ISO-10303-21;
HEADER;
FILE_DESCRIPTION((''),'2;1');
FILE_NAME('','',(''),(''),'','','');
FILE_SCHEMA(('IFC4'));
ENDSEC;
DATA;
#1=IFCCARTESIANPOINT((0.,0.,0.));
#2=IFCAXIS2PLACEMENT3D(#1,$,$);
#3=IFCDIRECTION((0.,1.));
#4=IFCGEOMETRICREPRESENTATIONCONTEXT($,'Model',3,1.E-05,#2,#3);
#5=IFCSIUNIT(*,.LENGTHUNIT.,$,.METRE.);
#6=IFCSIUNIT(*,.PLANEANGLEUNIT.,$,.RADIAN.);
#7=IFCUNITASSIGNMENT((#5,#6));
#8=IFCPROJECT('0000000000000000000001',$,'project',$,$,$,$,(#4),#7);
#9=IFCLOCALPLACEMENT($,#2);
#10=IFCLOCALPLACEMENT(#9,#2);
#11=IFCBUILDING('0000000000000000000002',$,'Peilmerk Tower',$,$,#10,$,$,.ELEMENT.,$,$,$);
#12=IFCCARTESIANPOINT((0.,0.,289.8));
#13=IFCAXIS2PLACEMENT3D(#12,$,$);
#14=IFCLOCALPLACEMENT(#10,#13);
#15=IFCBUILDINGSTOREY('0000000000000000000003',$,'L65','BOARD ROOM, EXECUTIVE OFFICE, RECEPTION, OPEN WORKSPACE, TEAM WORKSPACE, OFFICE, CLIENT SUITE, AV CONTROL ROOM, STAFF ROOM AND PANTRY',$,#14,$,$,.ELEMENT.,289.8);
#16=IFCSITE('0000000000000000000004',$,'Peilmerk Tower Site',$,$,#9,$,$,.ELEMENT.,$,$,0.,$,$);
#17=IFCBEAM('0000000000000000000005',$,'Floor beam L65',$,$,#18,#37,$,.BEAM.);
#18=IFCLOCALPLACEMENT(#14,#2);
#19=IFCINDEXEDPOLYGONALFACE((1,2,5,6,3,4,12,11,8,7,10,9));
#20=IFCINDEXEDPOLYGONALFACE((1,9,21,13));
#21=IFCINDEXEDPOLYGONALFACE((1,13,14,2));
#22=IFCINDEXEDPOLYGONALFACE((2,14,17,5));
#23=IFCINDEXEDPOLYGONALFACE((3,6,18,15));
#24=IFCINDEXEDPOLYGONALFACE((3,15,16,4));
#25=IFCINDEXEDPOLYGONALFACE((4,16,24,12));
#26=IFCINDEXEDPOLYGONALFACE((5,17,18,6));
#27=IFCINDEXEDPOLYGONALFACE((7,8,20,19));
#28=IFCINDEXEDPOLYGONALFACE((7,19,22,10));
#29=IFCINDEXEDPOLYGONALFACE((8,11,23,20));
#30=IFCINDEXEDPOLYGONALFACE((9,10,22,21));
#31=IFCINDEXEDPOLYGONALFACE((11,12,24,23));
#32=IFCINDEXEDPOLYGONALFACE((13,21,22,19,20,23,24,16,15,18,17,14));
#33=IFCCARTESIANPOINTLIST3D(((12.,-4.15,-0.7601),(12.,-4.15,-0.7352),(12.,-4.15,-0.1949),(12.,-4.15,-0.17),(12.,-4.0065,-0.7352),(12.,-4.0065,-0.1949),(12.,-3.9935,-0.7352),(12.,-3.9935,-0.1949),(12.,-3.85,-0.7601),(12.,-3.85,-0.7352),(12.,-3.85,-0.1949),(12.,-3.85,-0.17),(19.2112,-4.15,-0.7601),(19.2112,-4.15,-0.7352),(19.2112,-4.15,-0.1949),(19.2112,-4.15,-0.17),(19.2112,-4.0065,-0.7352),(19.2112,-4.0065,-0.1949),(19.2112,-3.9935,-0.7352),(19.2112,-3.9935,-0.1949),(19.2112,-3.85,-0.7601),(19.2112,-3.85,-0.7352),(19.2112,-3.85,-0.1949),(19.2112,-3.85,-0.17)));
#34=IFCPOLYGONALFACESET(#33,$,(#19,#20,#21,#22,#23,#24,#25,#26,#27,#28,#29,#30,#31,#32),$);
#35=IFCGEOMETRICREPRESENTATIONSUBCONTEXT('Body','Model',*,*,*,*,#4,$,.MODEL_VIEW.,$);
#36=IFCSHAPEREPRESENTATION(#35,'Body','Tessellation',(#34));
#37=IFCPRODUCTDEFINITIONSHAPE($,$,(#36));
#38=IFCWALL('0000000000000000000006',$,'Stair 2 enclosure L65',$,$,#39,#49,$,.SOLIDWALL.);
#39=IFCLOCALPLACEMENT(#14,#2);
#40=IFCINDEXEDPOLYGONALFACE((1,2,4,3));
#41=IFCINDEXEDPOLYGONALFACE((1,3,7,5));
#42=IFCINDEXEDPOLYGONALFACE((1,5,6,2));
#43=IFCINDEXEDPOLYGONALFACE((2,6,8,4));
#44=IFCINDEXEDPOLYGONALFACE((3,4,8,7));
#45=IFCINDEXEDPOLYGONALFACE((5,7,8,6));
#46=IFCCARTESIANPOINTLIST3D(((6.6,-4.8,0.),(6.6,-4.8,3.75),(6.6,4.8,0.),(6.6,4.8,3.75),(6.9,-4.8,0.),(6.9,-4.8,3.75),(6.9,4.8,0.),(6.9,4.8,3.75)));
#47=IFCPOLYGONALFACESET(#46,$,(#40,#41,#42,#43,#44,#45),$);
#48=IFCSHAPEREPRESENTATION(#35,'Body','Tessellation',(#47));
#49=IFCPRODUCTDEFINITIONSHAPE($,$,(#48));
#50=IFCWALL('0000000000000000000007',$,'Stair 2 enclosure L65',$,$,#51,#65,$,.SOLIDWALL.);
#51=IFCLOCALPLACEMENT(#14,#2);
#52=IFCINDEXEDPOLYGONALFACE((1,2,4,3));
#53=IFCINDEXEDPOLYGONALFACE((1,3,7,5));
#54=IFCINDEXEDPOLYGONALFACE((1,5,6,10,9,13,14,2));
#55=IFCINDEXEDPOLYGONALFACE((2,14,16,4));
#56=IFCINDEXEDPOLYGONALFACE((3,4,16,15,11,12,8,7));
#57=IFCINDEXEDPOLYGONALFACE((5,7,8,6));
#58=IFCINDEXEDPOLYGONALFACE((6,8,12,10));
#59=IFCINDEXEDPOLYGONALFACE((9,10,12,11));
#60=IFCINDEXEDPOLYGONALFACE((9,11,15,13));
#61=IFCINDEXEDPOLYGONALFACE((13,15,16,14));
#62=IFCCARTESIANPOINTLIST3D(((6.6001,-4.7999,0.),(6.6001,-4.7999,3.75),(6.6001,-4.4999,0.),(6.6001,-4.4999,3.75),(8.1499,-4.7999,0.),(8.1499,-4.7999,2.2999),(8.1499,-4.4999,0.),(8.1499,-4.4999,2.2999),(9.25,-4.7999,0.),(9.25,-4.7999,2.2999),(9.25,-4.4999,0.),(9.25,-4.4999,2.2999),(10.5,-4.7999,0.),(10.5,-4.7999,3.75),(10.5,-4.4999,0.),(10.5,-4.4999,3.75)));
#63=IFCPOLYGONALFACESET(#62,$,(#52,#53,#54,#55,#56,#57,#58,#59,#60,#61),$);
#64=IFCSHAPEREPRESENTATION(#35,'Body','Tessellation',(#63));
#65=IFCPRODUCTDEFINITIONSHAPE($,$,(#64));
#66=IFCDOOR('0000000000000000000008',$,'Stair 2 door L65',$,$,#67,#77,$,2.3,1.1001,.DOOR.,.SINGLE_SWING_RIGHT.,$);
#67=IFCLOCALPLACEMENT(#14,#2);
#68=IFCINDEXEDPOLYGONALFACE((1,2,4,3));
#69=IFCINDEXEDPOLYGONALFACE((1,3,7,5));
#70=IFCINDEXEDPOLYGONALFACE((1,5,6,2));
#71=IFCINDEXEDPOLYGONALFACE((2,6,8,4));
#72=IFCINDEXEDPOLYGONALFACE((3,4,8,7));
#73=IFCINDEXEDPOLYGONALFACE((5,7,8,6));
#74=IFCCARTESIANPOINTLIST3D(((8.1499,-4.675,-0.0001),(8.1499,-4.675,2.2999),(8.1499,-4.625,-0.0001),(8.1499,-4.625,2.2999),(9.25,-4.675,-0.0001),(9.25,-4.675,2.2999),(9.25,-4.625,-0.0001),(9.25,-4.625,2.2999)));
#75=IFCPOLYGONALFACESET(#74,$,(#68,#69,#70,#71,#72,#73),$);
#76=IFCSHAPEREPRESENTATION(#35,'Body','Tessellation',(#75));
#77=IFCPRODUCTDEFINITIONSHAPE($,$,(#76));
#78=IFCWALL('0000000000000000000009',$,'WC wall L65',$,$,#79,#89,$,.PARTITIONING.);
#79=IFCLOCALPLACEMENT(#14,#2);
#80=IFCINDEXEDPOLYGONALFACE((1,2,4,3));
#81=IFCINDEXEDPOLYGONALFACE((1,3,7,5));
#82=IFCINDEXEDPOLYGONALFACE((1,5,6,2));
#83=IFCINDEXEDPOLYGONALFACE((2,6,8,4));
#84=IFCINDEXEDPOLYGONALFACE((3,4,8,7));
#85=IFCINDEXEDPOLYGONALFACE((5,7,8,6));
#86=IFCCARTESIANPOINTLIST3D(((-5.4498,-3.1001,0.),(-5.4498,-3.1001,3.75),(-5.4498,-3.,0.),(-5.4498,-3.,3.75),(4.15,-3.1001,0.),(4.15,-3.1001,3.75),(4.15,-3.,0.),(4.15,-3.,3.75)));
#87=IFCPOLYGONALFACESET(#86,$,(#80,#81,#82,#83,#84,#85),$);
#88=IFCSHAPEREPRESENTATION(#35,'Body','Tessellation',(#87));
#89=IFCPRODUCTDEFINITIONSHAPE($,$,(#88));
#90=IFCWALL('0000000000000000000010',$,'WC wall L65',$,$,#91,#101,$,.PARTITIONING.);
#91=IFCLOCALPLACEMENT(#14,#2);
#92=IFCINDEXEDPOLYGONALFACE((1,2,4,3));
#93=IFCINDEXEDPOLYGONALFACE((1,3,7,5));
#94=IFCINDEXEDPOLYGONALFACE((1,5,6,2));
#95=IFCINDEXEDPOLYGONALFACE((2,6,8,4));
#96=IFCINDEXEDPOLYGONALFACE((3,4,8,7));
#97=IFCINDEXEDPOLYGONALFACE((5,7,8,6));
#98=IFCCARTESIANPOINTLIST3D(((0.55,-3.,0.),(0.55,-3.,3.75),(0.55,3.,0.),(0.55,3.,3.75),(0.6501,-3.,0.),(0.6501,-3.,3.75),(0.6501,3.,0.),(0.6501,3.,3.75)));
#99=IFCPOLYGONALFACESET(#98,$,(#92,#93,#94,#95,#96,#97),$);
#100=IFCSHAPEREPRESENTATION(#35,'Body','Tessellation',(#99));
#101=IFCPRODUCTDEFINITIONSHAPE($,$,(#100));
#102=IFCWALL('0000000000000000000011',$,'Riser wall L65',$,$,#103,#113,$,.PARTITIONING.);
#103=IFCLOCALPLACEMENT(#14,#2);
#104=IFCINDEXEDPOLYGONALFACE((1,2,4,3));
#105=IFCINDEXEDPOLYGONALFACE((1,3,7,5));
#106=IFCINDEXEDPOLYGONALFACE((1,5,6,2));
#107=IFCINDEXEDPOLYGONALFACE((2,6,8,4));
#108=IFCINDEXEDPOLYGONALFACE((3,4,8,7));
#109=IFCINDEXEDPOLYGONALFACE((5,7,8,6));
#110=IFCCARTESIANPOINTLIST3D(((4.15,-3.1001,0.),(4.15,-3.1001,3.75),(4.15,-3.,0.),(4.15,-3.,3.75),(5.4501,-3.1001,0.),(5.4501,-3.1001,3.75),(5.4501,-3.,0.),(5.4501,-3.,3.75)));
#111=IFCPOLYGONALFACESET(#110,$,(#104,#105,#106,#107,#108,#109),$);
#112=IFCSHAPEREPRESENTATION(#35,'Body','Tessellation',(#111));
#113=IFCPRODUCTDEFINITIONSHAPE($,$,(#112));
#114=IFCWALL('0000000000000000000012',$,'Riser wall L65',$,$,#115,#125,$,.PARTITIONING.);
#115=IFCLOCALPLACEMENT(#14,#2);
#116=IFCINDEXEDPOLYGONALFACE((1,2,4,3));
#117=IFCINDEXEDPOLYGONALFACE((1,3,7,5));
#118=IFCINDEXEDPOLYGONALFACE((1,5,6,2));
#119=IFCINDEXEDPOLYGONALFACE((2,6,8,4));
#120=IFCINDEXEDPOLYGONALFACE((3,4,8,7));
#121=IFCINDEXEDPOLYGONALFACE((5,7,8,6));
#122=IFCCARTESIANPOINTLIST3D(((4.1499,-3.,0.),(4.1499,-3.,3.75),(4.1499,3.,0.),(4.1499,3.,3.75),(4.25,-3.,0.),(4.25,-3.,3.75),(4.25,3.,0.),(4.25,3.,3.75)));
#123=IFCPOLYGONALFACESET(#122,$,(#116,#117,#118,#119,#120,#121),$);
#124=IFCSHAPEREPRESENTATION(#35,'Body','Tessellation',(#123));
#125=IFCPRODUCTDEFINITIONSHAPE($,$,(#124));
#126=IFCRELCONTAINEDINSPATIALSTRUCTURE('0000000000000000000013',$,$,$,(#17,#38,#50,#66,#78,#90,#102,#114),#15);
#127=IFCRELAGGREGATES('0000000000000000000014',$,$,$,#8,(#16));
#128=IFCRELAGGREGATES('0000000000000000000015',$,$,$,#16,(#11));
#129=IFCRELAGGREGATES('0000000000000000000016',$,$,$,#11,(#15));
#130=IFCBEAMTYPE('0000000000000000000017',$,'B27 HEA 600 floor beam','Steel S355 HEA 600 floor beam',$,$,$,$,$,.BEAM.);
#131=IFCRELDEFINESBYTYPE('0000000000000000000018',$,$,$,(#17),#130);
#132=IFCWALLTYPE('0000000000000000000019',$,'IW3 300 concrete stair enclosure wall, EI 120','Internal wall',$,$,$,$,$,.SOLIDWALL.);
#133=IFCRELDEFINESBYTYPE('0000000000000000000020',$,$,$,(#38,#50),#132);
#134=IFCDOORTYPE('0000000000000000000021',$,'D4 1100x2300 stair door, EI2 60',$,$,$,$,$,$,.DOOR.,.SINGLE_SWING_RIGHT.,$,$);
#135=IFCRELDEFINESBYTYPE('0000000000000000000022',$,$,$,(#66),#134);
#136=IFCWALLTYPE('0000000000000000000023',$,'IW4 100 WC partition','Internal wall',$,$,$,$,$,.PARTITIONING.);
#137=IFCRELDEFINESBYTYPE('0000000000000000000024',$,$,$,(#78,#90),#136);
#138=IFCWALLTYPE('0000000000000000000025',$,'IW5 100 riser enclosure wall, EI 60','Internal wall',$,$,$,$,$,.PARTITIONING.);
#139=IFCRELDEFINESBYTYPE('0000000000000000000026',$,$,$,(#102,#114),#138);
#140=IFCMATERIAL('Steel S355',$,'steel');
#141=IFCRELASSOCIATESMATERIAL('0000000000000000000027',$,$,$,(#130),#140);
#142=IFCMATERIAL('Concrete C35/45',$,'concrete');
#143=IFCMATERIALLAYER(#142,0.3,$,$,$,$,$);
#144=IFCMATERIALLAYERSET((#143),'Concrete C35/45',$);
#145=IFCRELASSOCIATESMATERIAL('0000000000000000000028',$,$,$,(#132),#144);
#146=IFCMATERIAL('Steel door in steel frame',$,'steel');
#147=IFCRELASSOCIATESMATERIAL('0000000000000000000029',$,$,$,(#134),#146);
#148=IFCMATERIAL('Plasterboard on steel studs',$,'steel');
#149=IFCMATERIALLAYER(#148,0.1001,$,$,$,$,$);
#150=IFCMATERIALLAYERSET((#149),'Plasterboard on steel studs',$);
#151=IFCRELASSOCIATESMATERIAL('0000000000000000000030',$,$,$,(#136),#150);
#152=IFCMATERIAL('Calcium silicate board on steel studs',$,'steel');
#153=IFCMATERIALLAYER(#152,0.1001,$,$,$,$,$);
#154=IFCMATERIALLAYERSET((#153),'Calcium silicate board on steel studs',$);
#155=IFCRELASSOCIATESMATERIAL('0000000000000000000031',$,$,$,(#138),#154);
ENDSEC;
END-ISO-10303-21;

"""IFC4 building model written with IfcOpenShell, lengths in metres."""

from ifc_helpers import new_model, si_unit, direction, frame, frame_2d, origin, origin_2d, place, context, subcontext, project, spatial, rectangle, i_section, extrude, material, layer, layer_set, material_profile, profile_set, type_object, element, fill, save


model = new_model("IFC4")

# Units and contexts
model_context = context("Model", 3, precision=1e-05, world=origin(), true_north=direction((0.0, 1.0)))
body_context = subcontext(model_context, "Body", "Model", "MODEL_VIEW")
ifc_project = project(units=[si_unit("LENGTHUNIT", "METRE"), si_unit("PLANEANGLEUNIT", "RADIAN")], contexts=[model_context])

# Site, building, storey
site_placement = place(None, origin())
site = spatial("IfcSite", under=ifc_project, at=site_placement, Name="Peilmerk Tower Site", CompositionType="ELEMENT", RefElevation=0.0)
building_placement = place(site_placement, origin())
building = spatial("IfcBuilding", under=site, at=building_placement, Name="Peilmerk Tower", CompositionType="ELEMENT")
storey_placement = place(building_placement, frame((0.0, 0.0, 289.8)))
storey = spatial("IfcBuildingStorey", under=building, at=storey_placement, Name="L65", Description="BOARD ROOM, EXECUTIVE OFFICE, RECEPTION, OPEN WORKSPACE, TEAM WORKSPACE, OFFICE, CLIENT SUITE, AV CONTROL ROOM, STAFF ROOM AND PANTRY", CompositionType="ELEMENT", Elevation=289.8)

# Beam
ifc_material_1 = material(Name="Steel S355", Category="steel")
ifc_material_profile = material_profile(ifc_material_1, i_section(OverallWidth=0.3, OverallDepth=0.5901, WebThickness=0.0129, FlangeThickness=0.0249, at=origin_2d()), Name="HEA 600")
ifc_profile_set = profile_set([ifc_material_profile], Name="Steel S355")
beam_type = type_object("IfcBeamType", Name="B27 HEA 600 floor beam", Description="Steel S355 HEA 600 floor beam", PredefinedType="BEAM", material=ifc_profile_set)
beam_placement = place(storey_placement, frame((12.0, -4.0, -0.4651), z_axis=(1.0, 0.0, 0.0), x_axis=(0.0, 1.0, 0.0)))
element("IfcBeam", 1, at=beam_placement, inside=storey, type_object=beam_type, Name="Floor beam L65", PredefinedType="BEAM", context=body_context, shape_type="SweptSolid", body=[
    extrude(i_section(OverallWidth=0.3, OverallDepth=0.5901, WebThickness=0.0129, FlangeThickness=0.0249, at=origin_2d()), origin(), (0.0, 0.0, 1.0), 7.2112),
])

# Wall
ifc_material_2 = material(Name="Concrete C35/45", Category="concrete")
ifc_layer_1 = layer(ifc_material_2, 0.3)
ifc_layer_set_1 = layer_set([ifc_layer_1], Name="Concrete C35/45")
wall_type_1 = type_object("IfcWallType", Name="IW3 300 concrete stair enclosure wall, EI 120", Description="Internal wall", PredefinedType="SOLIDWALL", material=ifc_layer_set_1)
wall_1_placement = place(storey_placement, frame((6.75, -4.8, 0.0), z_axis=(0.0, 0.0, 1.0), x_axis=(0.0, 1.0, 0.0)))
element("IfcWall", 2, at=wall_1_placement, inside=storey, type_object=wall_type_1, Name="Stair 2 enclosure L65", PredefinedType="SOLIDWALL", context=body_context, shape_type="SweptSolid", body=[
    extrude(rectangle(XDim=9.6001, YDim=0.3, at=frame_2d((4.8, 0.0))), origin(), (0.0, 0.0, 1.0), 3.75),
])

# Wall, opening, door
wall_2_placement = place(storey_placement, frame((10.5, -4.6499, 0.0), z_axis=(0.0, 0.0, 1.0), x_axis=(-1.0, 0.0, 0.0)))
wall_2 = element("IfcWall", 3, at=wall_2_placement, inside=storey, type_object=wall_type_1, Name="Stair 2 enclosure L65", PredefinedType="SOLIDWALL", context=body_context, shape_type="SweptSolid", body=[
    extrude(rectangle(XDim=3.8999, YDim=0.3, at=frame_2d((1.95, 0.0))), origin(), (0.0, 0.0, 1.0), 3.75),
])
opening_1_placement = place(wall_2_placement, frame((1.25, 0.0, 0.0)))
opening_1 = element("IfcOpeningElement", 4, at=opening_1_placement, cuts=wall_2, PredefinedType="OPENING", context=body_context, shape_type="SweptSolid", body=[
    extrude(rectangle(XDim=1.1001, YDim=2.3, at=frame_2d((0.55, 1.1499))), frame((0.0, 0.1599, 0.0), z_axis=(0.0, -1.0, 0.0), x_axis=(1.0, 0.0, 0.0)), (0.0, 0.0, 1.0), 0.3201),
])
ifc_material_3 = material(Name="Steel door in steel frame", Category="steel")
door_type_1 = type_object("IfcDoorType", Name="D4 1100x2300 stair door, EI2 60", OperationType="SINGLE_SWING_RIGHT", PredefinedType="DOOR", material=ifc_material_3)
door_1_placement = place(opening_1_placement, frame((1.1001, 0.0, 0.0), z_axis=(0.0, 0.0, 1.0), x_axis=(-1.0, 0.0, 0.0)))
door_1 = element("IfcDoor", 5, at=door_1_placement, inside=storey, type_object=door_type_1, Name="Stair 2 door L65", OperationType="SINGLE_SWING_RIGHT", OverallHeight=2.3, OverallWidth=1.1001, PredefinedType="DOOR", context=body_context, shape_type="SweptSolid", body=[
    extrude(rectangle(XDim=1.1001, YDim=2.3, at=frame_2d((0.55, 1.1499))), frame((0.0, 0.0249, 0.0), z_axis=(0.0, -1.0, 0.0), x_axis=(1.0, 0.0, 0.0)), (0.0, 0.0, 1.0), 0.05),
])
fill(opening_1, door_1)

# Walls
ifc_material_4 = material(Name="Plasterboard on steel studs", Category="steel")
ifc_layer_2 = layer(ifc_material_4, 0.1001)
ifc_layer_set_2 = layer_set([ifc_layer_2], Name="Plasterboard on steel studs")
wall_type_2 = type_object("IfcWallType", Name="IW4 100 WC partition", Description="Internal wall", PredefinedType="PARTITIONING", material=ifc_layer_set_2)
wall_3_placement = place(storey_placement, frame((4.1499, -3.05, 0.0), z_axis=(0.0, 0.0, 1.0), x_axis=(-1.0, 0.0, 0.0)))
element("IfcWall", 6, at=wall_3_placement, inside=storey, type_object=wall_type_2, Name="WC wall L65", PredefinedType="PARTITIONING", context=body_context, shape_type="SweptSolid", body=[
    extrude(rectangle(XDim=9.5999, YDim=0.1001, at=frame_2d((4.7998, 0.0))), origin(), (0.0, 0.0, 1.0), 3.75),
])
wall_4_placement = place(storey_placement, frame((0.6001, -3.0, 0.0), z_axis=(0.0, 0.0, 1.0), x_axis=(0.0, 1.0, 0.0)))
element("IfcWall", 7, at=wall_4_placement, inside=storey, type_object=wall_type_2, Name="WC wall L65", PredefinedType="PARTITIONING", context=body_context, shape_type="SweptSolid", body=[
    extrude(rectangle(XDim=6.0, YDim=0.1001, at=frame_2d((3.0, 0.0))), origin(), (0.0, 0.0, 1.0), 3.75),
])
ifc_material_5 = material(Name="Calcium silicate board on steel studs", Category="steel")
ifc_layer_3 = layer(ifc_material_5, 0.1001)
ifc_layer_set_3 = layer_set([ifc_layer_3], Name="Calcium silicate board on steel studs")
wall_type_3 = type_object("IfcWallType", Name="IW5 100 riser enclosure wall, EI 60", Description="Internal wall", PredefinedType="PARTITIONING", material=ifc_layer_set_3)
wall_5_placement = place(storey_placement, frame((5.45, -3.05, 0.0), z_axis=(0.0, 0.0, 1.0), x_axis=(-1.0, 0.0, 0.0)))
element("IfcWall", 8, at=wall_5_placement, inside=storey, type_object=wall_type_3, Name="Riser wall L65", PredefinedType="PARTITIONING", context=body_context, shape_type="SweptSolid", body=[
    extrude(rectangle(XDim=1.3, YDim=0.1001, at=frame_2d((0.6499, 0.0))), origin(), (0.0, 0.0, 1.0), 3.75),
])
wall_6_placement = place(storey_placement, frame((4.2, -3.0, 0.0), z_axis=(0.0, 0.0, 1.0), x_axis=(0.0, 1.0, 0.0)))
element("IfcWall", 9, at=wall_6_placement, inside=storey, type_object=wall_type_3, Name="Riser wall L65", PredefinedType="PARTITIONING", context=body_context, shape_type="SweptSolid", body=[
    extrude(rectangle(XDim=6.0, YDim=0.1001, at=frame_2d((3.0, 0.0))), origin(), (0.0, 0.0, 1.0), 3.75),
])

save(model, "model.ifc")
